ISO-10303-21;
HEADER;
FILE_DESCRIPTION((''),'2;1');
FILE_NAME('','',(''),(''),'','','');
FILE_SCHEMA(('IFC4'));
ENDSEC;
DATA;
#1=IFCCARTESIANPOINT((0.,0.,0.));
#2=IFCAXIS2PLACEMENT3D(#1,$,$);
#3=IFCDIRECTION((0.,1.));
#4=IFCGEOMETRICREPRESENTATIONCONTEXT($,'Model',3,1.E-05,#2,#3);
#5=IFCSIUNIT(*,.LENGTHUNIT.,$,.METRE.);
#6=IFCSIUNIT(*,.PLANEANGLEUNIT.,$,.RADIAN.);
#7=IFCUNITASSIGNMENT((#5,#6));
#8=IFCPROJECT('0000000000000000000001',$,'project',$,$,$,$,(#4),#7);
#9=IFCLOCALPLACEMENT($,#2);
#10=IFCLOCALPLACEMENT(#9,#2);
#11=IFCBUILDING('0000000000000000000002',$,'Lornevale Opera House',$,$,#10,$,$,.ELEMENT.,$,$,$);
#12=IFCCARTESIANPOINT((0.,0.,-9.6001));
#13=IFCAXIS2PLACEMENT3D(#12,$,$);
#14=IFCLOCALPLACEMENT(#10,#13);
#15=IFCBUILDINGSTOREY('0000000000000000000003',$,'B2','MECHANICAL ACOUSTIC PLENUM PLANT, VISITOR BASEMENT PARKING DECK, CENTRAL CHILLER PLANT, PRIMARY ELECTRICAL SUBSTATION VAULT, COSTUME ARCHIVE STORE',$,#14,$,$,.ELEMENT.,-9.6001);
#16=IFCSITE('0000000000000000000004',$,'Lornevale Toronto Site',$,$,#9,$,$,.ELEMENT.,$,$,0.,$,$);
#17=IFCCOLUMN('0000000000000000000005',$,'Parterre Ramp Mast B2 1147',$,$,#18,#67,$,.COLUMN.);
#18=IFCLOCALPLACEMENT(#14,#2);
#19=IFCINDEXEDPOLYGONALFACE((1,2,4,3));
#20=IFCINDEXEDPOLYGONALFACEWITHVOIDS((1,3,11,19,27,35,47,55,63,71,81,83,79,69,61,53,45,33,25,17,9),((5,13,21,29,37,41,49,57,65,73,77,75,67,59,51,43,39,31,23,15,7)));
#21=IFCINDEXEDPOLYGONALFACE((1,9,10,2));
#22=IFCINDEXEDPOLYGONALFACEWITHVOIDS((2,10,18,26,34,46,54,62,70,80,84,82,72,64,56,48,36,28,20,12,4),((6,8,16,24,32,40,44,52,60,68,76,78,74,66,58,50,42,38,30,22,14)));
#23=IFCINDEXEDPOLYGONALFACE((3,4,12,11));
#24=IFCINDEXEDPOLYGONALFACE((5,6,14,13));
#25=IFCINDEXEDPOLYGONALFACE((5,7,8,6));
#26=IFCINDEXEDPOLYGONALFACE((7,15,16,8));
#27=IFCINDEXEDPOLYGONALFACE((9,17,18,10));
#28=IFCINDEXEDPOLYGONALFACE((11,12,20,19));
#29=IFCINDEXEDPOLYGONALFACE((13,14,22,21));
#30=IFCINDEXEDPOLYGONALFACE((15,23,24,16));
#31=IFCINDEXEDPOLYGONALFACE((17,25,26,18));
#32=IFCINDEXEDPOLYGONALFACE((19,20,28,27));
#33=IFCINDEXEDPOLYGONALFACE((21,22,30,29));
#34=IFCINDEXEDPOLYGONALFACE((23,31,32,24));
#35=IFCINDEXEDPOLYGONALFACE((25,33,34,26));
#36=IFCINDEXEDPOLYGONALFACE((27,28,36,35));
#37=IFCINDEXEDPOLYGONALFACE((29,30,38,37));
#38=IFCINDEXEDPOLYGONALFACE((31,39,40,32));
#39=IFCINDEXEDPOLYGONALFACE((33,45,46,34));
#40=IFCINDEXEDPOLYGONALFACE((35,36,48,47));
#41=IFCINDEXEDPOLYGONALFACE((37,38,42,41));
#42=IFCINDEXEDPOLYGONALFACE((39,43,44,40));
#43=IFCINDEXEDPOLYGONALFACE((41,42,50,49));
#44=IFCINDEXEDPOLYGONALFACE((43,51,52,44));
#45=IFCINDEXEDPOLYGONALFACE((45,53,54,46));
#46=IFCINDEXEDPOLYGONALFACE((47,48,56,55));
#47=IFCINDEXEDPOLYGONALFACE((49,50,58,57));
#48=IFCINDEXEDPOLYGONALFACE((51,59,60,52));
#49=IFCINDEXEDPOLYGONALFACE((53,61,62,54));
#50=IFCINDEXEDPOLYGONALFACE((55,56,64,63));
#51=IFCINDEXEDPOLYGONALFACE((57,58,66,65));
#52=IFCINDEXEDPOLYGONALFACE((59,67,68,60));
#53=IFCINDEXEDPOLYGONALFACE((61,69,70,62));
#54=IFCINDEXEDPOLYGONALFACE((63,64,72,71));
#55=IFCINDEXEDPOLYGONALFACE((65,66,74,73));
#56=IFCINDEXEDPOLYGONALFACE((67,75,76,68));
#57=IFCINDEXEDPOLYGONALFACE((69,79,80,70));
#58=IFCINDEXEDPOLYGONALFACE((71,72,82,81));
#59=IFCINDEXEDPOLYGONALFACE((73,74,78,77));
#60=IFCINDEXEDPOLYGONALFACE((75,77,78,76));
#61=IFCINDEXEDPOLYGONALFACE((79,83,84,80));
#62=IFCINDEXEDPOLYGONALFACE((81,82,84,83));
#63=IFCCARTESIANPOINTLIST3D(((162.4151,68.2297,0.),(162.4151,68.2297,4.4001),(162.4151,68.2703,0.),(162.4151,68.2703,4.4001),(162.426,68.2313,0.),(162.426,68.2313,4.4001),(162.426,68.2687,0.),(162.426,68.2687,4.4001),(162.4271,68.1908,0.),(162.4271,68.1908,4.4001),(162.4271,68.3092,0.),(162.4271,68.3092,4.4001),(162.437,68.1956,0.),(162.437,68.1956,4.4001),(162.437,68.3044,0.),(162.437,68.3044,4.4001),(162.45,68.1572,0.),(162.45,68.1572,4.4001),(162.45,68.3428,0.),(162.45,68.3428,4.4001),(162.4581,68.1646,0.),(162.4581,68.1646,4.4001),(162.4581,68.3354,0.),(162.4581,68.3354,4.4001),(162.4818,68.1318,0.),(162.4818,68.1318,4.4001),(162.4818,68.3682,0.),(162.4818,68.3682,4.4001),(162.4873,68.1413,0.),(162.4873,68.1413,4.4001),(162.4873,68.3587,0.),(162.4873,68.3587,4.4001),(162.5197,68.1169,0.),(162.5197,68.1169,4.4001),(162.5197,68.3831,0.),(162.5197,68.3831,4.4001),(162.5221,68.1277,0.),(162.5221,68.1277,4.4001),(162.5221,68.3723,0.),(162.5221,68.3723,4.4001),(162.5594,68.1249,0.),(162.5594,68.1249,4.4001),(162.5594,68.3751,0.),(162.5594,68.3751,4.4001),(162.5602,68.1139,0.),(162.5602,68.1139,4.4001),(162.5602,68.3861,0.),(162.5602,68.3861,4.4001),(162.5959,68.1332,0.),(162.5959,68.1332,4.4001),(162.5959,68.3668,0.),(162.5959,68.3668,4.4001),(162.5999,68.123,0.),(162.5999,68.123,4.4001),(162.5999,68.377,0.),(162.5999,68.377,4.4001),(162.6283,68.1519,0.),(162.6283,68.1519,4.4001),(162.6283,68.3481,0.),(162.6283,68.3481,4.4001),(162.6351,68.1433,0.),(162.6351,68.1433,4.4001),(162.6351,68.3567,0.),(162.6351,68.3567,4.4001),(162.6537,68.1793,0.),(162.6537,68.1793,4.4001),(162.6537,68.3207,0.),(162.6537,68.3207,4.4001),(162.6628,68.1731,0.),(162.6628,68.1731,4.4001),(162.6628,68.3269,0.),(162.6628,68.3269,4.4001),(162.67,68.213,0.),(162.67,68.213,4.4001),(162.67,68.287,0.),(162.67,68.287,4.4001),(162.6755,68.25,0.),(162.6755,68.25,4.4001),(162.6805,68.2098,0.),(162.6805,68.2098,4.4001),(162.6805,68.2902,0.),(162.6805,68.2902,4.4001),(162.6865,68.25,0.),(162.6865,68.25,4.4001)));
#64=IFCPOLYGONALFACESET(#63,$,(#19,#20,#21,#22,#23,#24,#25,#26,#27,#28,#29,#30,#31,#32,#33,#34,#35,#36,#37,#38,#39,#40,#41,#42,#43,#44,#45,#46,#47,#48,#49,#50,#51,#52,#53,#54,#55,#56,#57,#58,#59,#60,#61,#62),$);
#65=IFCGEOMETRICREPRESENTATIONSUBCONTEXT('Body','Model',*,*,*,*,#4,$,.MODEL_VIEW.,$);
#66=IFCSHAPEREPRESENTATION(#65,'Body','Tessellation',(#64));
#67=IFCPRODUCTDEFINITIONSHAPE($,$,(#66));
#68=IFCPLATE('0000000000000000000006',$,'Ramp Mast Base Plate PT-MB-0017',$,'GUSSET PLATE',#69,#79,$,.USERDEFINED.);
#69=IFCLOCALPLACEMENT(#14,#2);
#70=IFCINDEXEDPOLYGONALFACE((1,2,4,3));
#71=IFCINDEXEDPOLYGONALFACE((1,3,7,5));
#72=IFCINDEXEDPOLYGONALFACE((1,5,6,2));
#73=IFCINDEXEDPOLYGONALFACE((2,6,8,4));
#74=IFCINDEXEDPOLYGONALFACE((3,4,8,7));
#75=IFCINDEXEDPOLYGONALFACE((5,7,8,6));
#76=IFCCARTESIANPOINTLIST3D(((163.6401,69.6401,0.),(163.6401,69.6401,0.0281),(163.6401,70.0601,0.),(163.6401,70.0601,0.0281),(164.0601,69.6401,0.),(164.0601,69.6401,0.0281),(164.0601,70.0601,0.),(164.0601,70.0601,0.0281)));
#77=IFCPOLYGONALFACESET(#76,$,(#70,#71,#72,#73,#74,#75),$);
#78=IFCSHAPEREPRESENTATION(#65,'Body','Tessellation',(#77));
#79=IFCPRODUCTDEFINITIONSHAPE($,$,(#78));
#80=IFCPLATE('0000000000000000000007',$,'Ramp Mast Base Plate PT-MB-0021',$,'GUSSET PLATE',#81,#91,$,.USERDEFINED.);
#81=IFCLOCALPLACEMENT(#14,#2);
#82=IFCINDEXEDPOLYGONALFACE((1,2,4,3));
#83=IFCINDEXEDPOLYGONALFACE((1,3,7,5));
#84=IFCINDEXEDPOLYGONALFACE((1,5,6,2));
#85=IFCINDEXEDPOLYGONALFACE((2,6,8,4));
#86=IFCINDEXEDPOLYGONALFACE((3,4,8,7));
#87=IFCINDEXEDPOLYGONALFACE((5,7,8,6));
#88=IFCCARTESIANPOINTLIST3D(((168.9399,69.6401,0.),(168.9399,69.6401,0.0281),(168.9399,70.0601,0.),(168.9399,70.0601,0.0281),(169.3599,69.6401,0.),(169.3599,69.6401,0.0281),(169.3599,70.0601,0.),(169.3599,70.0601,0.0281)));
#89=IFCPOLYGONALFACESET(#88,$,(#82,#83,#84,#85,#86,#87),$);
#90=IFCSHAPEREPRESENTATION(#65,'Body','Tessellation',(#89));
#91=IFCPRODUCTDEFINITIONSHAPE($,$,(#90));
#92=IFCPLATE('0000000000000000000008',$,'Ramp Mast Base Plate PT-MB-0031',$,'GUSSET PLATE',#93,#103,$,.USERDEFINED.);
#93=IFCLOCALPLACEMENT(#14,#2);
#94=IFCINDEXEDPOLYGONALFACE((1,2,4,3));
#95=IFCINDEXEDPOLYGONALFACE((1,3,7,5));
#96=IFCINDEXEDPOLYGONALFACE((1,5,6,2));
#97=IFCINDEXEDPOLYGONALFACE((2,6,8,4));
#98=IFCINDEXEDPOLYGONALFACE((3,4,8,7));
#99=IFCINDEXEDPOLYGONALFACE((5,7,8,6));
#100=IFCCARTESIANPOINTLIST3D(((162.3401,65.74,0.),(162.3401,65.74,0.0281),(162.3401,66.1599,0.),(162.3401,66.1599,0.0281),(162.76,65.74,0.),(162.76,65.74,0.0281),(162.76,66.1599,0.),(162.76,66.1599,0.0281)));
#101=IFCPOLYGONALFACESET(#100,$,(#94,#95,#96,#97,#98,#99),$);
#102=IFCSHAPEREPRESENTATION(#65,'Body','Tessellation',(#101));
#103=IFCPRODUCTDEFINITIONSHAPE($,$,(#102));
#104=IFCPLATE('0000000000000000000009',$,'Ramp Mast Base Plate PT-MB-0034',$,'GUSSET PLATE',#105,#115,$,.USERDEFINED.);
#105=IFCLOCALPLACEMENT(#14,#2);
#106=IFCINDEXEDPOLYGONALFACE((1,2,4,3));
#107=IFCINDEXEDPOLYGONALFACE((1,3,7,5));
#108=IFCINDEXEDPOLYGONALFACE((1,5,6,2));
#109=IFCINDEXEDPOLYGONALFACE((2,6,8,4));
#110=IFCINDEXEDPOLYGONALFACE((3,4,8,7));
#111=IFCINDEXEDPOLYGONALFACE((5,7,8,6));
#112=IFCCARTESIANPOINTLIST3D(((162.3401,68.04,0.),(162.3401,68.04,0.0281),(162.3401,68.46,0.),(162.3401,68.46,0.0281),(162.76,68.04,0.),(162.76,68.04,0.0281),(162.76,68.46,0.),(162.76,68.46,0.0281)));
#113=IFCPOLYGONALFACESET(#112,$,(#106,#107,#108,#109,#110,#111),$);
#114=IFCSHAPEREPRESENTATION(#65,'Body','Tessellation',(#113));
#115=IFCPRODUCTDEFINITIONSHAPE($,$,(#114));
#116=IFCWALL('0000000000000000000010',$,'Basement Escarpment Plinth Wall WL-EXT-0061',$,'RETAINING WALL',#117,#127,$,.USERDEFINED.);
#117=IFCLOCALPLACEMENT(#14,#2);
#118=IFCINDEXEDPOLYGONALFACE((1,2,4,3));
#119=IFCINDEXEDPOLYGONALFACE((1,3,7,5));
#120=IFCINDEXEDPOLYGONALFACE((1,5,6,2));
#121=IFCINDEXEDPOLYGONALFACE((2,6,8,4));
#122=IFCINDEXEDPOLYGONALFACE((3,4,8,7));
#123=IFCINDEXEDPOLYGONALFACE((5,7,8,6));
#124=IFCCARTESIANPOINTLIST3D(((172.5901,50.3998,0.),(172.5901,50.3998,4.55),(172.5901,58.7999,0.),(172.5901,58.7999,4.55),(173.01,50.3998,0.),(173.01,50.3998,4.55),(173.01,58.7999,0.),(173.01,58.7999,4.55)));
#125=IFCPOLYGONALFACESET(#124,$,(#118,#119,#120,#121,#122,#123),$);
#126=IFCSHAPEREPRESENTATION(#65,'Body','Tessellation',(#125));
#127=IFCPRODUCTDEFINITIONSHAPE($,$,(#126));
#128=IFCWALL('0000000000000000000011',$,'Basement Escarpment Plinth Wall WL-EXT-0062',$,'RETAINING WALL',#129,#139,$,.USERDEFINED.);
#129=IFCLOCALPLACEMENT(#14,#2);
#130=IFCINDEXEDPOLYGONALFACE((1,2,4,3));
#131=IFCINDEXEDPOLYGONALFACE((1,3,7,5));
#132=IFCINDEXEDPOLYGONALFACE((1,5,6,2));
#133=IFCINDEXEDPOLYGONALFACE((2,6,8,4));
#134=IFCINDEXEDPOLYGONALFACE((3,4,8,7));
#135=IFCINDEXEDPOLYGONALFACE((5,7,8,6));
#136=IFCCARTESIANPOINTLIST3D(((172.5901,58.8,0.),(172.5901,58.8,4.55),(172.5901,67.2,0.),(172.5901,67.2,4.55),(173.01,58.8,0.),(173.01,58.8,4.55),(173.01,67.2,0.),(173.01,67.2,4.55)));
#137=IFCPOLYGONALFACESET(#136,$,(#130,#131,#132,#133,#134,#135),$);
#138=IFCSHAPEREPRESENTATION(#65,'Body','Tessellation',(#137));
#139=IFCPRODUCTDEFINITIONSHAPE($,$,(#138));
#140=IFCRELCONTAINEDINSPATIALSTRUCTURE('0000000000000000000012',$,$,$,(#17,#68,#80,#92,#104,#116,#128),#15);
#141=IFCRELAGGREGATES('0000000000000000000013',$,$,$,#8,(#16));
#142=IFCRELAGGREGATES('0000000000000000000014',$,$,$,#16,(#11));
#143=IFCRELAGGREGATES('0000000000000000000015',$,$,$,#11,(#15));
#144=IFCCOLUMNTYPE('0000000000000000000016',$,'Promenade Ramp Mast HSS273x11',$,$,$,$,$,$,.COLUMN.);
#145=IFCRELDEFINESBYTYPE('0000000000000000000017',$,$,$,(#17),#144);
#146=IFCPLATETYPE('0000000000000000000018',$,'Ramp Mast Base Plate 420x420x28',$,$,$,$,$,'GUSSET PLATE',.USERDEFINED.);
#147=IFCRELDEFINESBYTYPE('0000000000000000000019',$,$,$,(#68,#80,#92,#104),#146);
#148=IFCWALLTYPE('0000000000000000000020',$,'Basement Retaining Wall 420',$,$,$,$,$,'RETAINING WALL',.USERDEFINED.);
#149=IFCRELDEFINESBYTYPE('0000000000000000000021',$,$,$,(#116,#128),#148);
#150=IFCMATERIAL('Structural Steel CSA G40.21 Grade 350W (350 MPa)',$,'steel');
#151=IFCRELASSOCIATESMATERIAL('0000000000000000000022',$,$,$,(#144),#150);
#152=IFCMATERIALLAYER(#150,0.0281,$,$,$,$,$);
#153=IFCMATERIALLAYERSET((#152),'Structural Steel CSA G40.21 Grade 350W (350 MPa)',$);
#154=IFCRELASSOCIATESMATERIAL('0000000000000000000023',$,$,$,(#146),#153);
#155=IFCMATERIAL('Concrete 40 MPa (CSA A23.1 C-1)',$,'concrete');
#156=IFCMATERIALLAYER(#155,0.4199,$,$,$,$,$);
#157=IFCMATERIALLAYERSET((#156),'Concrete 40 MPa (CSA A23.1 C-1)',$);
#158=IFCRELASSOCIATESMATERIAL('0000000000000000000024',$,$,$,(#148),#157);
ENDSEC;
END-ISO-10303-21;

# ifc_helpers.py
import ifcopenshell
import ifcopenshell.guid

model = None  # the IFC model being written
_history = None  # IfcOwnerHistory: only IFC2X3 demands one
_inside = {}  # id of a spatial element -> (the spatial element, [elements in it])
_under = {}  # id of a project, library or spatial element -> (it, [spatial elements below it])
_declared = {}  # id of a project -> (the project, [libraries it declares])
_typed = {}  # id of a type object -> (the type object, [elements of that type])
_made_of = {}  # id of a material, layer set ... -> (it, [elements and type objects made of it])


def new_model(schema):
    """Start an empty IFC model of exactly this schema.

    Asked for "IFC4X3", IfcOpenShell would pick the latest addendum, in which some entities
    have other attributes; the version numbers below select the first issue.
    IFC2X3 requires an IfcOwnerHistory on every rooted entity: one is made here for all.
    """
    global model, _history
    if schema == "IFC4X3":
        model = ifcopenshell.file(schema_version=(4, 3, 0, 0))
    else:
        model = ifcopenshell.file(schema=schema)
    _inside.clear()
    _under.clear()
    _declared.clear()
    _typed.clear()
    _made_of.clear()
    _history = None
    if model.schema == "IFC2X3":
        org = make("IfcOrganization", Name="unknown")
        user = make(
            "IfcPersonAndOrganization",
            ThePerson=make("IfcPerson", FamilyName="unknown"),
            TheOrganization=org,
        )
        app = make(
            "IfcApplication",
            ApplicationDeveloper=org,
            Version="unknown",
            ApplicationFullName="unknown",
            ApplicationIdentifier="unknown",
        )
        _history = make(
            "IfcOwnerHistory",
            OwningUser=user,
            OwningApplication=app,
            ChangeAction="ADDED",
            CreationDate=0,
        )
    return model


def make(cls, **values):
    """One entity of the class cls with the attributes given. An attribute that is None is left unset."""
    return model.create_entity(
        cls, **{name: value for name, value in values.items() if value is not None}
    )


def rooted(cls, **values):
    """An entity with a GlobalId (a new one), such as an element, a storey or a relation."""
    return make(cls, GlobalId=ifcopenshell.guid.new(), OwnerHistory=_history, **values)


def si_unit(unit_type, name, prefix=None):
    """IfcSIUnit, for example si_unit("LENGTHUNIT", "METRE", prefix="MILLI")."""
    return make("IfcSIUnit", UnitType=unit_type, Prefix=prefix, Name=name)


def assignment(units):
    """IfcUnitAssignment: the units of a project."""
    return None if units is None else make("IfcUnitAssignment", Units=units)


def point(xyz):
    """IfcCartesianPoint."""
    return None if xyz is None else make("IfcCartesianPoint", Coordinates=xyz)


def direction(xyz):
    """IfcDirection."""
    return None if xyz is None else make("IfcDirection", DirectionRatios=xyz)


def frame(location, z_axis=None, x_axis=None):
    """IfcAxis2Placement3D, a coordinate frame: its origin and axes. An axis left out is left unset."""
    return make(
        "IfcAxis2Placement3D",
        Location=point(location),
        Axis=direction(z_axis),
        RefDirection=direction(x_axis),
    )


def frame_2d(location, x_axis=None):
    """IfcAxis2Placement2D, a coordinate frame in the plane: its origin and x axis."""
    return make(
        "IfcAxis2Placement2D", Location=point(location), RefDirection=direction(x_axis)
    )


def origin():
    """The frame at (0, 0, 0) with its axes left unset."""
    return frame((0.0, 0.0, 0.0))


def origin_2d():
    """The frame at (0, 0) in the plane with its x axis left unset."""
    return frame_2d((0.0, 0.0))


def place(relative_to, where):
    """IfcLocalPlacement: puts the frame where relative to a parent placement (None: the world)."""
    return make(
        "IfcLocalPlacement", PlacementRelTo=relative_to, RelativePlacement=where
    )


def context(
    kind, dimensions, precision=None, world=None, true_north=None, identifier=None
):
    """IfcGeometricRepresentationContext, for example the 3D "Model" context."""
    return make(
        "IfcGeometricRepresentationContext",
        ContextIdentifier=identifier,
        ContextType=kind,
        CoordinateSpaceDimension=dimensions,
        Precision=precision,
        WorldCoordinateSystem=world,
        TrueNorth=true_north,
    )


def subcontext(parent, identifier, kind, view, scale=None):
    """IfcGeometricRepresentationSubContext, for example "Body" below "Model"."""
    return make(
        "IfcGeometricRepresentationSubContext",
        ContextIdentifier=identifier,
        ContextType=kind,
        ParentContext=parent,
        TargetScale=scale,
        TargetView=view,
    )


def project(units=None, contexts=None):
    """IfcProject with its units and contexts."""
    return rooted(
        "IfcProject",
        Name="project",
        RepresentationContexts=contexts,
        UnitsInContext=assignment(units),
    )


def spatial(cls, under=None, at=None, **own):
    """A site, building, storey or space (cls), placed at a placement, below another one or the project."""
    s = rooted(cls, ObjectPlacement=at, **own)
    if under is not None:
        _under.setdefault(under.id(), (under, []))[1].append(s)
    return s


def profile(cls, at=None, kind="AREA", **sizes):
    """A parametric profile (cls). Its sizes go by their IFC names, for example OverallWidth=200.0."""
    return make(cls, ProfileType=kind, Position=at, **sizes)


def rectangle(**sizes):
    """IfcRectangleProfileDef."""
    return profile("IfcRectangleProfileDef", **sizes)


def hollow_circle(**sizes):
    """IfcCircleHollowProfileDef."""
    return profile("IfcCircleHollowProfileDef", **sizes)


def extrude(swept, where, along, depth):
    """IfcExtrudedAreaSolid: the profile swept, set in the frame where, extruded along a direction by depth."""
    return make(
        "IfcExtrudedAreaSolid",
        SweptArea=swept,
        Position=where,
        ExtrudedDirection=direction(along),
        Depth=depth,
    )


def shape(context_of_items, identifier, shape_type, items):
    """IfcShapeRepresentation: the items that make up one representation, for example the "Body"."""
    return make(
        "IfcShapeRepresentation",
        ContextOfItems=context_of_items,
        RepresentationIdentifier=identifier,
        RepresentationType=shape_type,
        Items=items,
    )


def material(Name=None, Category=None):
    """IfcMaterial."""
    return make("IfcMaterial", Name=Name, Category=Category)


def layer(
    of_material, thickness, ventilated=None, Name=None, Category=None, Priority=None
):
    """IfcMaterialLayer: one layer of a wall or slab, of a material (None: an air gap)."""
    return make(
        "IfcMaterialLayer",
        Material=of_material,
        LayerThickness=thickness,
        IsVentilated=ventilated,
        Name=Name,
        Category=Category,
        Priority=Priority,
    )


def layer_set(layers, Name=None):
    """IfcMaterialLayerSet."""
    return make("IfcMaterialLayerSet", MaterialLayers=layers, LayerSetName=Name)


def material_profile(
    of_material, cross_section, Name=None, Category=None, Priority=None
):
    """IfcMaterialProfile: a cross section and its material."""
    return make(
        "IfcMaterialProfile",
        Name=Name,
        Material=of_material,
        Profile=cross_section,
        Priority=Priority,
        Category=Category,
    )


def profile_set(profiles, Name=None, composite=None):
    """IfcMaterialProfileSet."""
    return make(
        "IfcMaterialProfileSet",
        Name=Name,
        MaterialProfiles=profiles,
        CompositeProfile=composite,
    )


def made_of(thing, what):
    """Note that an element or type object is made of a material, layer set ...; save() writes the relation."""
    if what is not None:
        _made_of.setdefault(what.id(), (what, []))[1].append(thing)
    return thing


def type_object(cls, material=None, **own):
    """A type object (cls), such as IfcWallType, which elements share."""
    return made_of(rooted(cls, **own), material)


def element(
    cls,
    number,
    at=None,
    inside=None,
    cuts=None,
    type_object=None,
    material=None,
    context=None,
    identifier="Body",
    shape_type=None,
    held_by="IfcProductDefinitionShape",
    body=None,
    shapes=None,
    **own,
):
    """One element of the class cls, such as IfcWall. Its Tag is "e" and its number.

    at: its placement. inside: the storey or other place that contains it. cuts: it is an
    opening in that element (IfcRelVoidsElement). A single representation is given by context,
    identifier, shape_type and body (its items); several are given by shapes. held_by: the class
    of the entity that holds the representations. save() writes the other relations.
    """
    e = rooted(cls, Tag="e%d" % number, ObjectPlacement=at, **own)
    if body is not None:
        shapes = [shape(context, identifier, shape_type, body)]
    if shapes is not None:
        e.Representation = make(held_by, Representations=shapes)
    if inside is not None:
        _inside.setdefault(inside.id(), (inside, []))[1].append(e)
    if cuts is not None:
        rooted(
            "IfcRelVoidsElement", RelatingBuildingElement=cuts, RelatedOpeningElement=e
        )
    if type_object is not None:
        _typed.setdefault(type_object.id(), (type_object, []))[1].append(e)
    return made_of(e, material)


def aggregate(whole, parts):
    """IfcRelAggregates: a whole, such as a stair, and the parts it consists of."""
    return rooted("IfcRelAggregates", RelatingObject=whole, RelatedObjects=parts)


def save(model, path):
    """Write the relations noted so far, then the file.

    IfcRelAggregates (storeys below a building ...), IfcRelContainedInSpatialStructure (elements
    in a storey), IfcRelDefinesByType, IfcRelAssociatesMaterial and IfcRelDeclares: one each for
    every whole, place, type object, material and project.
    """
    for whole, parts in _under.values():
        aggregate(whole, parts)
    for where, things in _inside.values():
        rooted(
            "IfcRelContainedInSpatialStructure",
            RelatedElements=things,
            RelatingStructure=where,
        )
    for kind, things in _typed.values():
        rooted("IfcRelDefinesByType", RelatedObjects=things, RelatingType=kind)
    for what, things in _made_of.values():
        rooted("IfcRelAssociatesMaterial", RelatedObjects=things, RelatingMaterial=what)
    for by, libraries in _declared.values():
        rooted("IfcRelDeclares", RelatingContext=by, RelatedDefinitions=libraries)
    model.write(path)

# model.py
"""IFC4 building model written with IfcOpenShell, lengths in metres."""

from ifc_helpers import new_model, si_unit, direction, frame, frame_2d, origin, origin_2d, place, context, subcontext, project, spatial, rectangle, hollow_circle, extrude, material, layer, layer_set, material_profile, profile_set, type_object, element, save


model = new_model("IFC4")

# Units and contexts
model_context = context("Model", 3, precision=1e-05, world=origin(), true_north=direction((0.0, 1.0)))
body_context = subcontext(model_context, "Body", "Model", "MODEL_VIEW")
ifc_project = project(units=[si_unit("LENGTHUNIT", "METRE"), si_unit("PLANEANGLEUNIT", "RADIAN")], contexts=[model_context])

# Site, building, storey
site_placement = place(None, origin())
site = spatial("IfcSite", under=ifc_project, at=site_placement, Name="Lornevale Toronto Site", CompositionType="ELEMENT", RefElevation=0.0)
building_placement = place(site_placement, origin())
building = spatial("IfcBuilding", under=site, at=building_placement, Name="Lornevale Opera House", CompositionType="ELEMENT")
storey_placement = place(building_placement, frame((0.0, 0.0, -9.6001)))
storey = spatial("IfcBuildingStorey", under=building, at=storey_placement, Name="B2", Description="MECHANICAL ACOUSTIC PLENUM PLANT, VISITOR BASEMENT PARKING DECK, CENTRAL CHILLER PLANT, PRIMARY ELECTRICAL SUBSTATION VAULT, COSTUME ARCHIVE STORE", CompositionType="ELEMENT", Elevation=-9.6001)

# Shared definitions
ifc_material_1 = material(Name="Concrete 40 MPa (CSA A23.1 C-1)", Category="concrete")

# Column
ifc_material_2 = material(Name="Structural Steel CSA G40.21 Grade 350W (350 MPa)", Category="steel")
ifc_material_profile_1 = material_profile(ifc_material_2, hollow_circle(Radius=0.1365, WallThickness=0.011, at=origin_2d()), Name="HSS273x11")
ifc_profile_set_1 = profile_set([ifc_material_profile_1], Name="Structural Steel CSA G40.21 Grade 350W (350 MPa)")
column_type_1 = type_object("IfcColumnType", Name="Promenade Ramp Mast HSS273x11", PredefinedType="COLUMN", material=ifc_profile_set_1)
column_1_placement = place(storey_placement, frame((162.55, 68.25, 0.0), z_axis=(0.0, 0.0, 1.0), x_axis=(1.0, 0.0, 0.0)))
element("IfcColumn", 1, at=column_1_placement, inside=storey, type_object=column_type_1, Name="Parterre Ramp Mast B2 1147", PredefinedType="COLUMN", context=body_context, shape_type="SweptSolid", body=[
    extrude(hollow_circle(Radius=0.1365, WallThickness=0.011, at=origin_2d()), origin(), (0.0, 0.0, 1.0), 4.4001),
])

# Plates
ifc_layer_1 = layer(ifc_material_2, 0.0281)
ifc_layer_set_1 = layer_set([ifc_layer_1], Name="Structural Steel CSA G40.21 Grade 350W (350 MPa)")
plate_type = type_object("IfcPlateType", Name="Ramp Mast Base Plate 420x420x28", ElementType="GUSSET PLATE", PredefinedType="USERDEFINED", material=ifc_layer_set_1)
for number, where, z_axis, x_axis, name in (
    (2, (163.8501, 69.8501, 0.0), (0.0, 0.0, 1.0), (1.0, 0.0, 0.0), "Ramp Mast Base Plate PT-MB-0017"),
    (3, (169.1499, 69.8501, 0.0), (0.0, 0.0, 1.0), (1.0, 0.0, 0.0), "Ramp Mast Base Plate PT-MB-0021"),
    (4, (162.55, 65.95, 0.0), (0.0, 0.0, 1.0), (1.0, 0.0, 0.0), "Ramp Mast Base Plate PT-MB-0031"),
    (5, (162.55, 68.25, 0.0), (0.0, 0.0, 1.0), (1.0, 0.0, 0.0), "Ramp Mast Base Plate PT-MB-0034"),
):
    element("IfcPlate", number, at=place(storey_placement, frame(where, z_axis=z_axis, x_axis=x_axis)), inside=storey, type_object=plate_type, Name=name, ObjectType="GUSSET PLATE", PredefinedType="USERDEFINED", context=body_context, shape_type="SweptSolid", body=[
        extrude(rectangle(XDim=0.4199, YDim=0.4199, at=origin_2d()), origin(), (0.0, 0.0, 1.0), 0.0281),
    ])

# Walls
ifc_layer_2 = layer(ifc_material_1, 0.4199)
ifc_layer_set_2 = layer_set([ifc_layer_2], Name="Concrete 40 MPa (CSA A23.1 C-1)")
wall_type = type_object("IfcWallType", Name="Basement Retaining Wall 420", ElementType="RETAINING WALL", PredefinedType="USERDEFINED", material=ifc_layer_set_2)
wall_1_placement = place(storey_placement, frame((172.8, 58.8, 0.0), z_axis=(0.0, 0.0, 1.0), x_axis=(0.0, -1.0, 0.0)))
element("IfcWall", 6, at=wall_1_placement, inside=storey, type_object=wall_type, Name="Basement Escarpment Plinth Wall WL-EXT-0061", ObjectType="RETAINING WALL", PredefinedType="USERDEFINED", context=body_context, shape_type="SweptSolid", body=[
    extrude(rectangle(XDim=8.4001, YDim=0.4199, at=frame_2d((4.2002, 0.0))), origin(), (0.0, 0.0, 1.0), 4.55),
])
wall_2_placement = place(storey_placement, frame((172.8, 67.2, 0.0), z_axis=(0.0, 0.0, 1.0), x_axis=(0.0, -1.0, 0.0)))
element("IfcWall", 7, at=wall_2_placement, inside=storey, type_object=wall_type, Name="Basement Escarpment Plinth Wall WL-EXT-0062", ObjectType="RETAINING WALL", PredefinedType="USERDEFINED", context=body_context, shape_type="SweptSolid", body=[
    extrude(rectangle(XDim=8.3999, YDim=0.4199, at=frame_2d((4.2, 0.0))), origin(), (0.0, 0.0, 1.0), 4.55),
])

save(model, "model.ifc")
